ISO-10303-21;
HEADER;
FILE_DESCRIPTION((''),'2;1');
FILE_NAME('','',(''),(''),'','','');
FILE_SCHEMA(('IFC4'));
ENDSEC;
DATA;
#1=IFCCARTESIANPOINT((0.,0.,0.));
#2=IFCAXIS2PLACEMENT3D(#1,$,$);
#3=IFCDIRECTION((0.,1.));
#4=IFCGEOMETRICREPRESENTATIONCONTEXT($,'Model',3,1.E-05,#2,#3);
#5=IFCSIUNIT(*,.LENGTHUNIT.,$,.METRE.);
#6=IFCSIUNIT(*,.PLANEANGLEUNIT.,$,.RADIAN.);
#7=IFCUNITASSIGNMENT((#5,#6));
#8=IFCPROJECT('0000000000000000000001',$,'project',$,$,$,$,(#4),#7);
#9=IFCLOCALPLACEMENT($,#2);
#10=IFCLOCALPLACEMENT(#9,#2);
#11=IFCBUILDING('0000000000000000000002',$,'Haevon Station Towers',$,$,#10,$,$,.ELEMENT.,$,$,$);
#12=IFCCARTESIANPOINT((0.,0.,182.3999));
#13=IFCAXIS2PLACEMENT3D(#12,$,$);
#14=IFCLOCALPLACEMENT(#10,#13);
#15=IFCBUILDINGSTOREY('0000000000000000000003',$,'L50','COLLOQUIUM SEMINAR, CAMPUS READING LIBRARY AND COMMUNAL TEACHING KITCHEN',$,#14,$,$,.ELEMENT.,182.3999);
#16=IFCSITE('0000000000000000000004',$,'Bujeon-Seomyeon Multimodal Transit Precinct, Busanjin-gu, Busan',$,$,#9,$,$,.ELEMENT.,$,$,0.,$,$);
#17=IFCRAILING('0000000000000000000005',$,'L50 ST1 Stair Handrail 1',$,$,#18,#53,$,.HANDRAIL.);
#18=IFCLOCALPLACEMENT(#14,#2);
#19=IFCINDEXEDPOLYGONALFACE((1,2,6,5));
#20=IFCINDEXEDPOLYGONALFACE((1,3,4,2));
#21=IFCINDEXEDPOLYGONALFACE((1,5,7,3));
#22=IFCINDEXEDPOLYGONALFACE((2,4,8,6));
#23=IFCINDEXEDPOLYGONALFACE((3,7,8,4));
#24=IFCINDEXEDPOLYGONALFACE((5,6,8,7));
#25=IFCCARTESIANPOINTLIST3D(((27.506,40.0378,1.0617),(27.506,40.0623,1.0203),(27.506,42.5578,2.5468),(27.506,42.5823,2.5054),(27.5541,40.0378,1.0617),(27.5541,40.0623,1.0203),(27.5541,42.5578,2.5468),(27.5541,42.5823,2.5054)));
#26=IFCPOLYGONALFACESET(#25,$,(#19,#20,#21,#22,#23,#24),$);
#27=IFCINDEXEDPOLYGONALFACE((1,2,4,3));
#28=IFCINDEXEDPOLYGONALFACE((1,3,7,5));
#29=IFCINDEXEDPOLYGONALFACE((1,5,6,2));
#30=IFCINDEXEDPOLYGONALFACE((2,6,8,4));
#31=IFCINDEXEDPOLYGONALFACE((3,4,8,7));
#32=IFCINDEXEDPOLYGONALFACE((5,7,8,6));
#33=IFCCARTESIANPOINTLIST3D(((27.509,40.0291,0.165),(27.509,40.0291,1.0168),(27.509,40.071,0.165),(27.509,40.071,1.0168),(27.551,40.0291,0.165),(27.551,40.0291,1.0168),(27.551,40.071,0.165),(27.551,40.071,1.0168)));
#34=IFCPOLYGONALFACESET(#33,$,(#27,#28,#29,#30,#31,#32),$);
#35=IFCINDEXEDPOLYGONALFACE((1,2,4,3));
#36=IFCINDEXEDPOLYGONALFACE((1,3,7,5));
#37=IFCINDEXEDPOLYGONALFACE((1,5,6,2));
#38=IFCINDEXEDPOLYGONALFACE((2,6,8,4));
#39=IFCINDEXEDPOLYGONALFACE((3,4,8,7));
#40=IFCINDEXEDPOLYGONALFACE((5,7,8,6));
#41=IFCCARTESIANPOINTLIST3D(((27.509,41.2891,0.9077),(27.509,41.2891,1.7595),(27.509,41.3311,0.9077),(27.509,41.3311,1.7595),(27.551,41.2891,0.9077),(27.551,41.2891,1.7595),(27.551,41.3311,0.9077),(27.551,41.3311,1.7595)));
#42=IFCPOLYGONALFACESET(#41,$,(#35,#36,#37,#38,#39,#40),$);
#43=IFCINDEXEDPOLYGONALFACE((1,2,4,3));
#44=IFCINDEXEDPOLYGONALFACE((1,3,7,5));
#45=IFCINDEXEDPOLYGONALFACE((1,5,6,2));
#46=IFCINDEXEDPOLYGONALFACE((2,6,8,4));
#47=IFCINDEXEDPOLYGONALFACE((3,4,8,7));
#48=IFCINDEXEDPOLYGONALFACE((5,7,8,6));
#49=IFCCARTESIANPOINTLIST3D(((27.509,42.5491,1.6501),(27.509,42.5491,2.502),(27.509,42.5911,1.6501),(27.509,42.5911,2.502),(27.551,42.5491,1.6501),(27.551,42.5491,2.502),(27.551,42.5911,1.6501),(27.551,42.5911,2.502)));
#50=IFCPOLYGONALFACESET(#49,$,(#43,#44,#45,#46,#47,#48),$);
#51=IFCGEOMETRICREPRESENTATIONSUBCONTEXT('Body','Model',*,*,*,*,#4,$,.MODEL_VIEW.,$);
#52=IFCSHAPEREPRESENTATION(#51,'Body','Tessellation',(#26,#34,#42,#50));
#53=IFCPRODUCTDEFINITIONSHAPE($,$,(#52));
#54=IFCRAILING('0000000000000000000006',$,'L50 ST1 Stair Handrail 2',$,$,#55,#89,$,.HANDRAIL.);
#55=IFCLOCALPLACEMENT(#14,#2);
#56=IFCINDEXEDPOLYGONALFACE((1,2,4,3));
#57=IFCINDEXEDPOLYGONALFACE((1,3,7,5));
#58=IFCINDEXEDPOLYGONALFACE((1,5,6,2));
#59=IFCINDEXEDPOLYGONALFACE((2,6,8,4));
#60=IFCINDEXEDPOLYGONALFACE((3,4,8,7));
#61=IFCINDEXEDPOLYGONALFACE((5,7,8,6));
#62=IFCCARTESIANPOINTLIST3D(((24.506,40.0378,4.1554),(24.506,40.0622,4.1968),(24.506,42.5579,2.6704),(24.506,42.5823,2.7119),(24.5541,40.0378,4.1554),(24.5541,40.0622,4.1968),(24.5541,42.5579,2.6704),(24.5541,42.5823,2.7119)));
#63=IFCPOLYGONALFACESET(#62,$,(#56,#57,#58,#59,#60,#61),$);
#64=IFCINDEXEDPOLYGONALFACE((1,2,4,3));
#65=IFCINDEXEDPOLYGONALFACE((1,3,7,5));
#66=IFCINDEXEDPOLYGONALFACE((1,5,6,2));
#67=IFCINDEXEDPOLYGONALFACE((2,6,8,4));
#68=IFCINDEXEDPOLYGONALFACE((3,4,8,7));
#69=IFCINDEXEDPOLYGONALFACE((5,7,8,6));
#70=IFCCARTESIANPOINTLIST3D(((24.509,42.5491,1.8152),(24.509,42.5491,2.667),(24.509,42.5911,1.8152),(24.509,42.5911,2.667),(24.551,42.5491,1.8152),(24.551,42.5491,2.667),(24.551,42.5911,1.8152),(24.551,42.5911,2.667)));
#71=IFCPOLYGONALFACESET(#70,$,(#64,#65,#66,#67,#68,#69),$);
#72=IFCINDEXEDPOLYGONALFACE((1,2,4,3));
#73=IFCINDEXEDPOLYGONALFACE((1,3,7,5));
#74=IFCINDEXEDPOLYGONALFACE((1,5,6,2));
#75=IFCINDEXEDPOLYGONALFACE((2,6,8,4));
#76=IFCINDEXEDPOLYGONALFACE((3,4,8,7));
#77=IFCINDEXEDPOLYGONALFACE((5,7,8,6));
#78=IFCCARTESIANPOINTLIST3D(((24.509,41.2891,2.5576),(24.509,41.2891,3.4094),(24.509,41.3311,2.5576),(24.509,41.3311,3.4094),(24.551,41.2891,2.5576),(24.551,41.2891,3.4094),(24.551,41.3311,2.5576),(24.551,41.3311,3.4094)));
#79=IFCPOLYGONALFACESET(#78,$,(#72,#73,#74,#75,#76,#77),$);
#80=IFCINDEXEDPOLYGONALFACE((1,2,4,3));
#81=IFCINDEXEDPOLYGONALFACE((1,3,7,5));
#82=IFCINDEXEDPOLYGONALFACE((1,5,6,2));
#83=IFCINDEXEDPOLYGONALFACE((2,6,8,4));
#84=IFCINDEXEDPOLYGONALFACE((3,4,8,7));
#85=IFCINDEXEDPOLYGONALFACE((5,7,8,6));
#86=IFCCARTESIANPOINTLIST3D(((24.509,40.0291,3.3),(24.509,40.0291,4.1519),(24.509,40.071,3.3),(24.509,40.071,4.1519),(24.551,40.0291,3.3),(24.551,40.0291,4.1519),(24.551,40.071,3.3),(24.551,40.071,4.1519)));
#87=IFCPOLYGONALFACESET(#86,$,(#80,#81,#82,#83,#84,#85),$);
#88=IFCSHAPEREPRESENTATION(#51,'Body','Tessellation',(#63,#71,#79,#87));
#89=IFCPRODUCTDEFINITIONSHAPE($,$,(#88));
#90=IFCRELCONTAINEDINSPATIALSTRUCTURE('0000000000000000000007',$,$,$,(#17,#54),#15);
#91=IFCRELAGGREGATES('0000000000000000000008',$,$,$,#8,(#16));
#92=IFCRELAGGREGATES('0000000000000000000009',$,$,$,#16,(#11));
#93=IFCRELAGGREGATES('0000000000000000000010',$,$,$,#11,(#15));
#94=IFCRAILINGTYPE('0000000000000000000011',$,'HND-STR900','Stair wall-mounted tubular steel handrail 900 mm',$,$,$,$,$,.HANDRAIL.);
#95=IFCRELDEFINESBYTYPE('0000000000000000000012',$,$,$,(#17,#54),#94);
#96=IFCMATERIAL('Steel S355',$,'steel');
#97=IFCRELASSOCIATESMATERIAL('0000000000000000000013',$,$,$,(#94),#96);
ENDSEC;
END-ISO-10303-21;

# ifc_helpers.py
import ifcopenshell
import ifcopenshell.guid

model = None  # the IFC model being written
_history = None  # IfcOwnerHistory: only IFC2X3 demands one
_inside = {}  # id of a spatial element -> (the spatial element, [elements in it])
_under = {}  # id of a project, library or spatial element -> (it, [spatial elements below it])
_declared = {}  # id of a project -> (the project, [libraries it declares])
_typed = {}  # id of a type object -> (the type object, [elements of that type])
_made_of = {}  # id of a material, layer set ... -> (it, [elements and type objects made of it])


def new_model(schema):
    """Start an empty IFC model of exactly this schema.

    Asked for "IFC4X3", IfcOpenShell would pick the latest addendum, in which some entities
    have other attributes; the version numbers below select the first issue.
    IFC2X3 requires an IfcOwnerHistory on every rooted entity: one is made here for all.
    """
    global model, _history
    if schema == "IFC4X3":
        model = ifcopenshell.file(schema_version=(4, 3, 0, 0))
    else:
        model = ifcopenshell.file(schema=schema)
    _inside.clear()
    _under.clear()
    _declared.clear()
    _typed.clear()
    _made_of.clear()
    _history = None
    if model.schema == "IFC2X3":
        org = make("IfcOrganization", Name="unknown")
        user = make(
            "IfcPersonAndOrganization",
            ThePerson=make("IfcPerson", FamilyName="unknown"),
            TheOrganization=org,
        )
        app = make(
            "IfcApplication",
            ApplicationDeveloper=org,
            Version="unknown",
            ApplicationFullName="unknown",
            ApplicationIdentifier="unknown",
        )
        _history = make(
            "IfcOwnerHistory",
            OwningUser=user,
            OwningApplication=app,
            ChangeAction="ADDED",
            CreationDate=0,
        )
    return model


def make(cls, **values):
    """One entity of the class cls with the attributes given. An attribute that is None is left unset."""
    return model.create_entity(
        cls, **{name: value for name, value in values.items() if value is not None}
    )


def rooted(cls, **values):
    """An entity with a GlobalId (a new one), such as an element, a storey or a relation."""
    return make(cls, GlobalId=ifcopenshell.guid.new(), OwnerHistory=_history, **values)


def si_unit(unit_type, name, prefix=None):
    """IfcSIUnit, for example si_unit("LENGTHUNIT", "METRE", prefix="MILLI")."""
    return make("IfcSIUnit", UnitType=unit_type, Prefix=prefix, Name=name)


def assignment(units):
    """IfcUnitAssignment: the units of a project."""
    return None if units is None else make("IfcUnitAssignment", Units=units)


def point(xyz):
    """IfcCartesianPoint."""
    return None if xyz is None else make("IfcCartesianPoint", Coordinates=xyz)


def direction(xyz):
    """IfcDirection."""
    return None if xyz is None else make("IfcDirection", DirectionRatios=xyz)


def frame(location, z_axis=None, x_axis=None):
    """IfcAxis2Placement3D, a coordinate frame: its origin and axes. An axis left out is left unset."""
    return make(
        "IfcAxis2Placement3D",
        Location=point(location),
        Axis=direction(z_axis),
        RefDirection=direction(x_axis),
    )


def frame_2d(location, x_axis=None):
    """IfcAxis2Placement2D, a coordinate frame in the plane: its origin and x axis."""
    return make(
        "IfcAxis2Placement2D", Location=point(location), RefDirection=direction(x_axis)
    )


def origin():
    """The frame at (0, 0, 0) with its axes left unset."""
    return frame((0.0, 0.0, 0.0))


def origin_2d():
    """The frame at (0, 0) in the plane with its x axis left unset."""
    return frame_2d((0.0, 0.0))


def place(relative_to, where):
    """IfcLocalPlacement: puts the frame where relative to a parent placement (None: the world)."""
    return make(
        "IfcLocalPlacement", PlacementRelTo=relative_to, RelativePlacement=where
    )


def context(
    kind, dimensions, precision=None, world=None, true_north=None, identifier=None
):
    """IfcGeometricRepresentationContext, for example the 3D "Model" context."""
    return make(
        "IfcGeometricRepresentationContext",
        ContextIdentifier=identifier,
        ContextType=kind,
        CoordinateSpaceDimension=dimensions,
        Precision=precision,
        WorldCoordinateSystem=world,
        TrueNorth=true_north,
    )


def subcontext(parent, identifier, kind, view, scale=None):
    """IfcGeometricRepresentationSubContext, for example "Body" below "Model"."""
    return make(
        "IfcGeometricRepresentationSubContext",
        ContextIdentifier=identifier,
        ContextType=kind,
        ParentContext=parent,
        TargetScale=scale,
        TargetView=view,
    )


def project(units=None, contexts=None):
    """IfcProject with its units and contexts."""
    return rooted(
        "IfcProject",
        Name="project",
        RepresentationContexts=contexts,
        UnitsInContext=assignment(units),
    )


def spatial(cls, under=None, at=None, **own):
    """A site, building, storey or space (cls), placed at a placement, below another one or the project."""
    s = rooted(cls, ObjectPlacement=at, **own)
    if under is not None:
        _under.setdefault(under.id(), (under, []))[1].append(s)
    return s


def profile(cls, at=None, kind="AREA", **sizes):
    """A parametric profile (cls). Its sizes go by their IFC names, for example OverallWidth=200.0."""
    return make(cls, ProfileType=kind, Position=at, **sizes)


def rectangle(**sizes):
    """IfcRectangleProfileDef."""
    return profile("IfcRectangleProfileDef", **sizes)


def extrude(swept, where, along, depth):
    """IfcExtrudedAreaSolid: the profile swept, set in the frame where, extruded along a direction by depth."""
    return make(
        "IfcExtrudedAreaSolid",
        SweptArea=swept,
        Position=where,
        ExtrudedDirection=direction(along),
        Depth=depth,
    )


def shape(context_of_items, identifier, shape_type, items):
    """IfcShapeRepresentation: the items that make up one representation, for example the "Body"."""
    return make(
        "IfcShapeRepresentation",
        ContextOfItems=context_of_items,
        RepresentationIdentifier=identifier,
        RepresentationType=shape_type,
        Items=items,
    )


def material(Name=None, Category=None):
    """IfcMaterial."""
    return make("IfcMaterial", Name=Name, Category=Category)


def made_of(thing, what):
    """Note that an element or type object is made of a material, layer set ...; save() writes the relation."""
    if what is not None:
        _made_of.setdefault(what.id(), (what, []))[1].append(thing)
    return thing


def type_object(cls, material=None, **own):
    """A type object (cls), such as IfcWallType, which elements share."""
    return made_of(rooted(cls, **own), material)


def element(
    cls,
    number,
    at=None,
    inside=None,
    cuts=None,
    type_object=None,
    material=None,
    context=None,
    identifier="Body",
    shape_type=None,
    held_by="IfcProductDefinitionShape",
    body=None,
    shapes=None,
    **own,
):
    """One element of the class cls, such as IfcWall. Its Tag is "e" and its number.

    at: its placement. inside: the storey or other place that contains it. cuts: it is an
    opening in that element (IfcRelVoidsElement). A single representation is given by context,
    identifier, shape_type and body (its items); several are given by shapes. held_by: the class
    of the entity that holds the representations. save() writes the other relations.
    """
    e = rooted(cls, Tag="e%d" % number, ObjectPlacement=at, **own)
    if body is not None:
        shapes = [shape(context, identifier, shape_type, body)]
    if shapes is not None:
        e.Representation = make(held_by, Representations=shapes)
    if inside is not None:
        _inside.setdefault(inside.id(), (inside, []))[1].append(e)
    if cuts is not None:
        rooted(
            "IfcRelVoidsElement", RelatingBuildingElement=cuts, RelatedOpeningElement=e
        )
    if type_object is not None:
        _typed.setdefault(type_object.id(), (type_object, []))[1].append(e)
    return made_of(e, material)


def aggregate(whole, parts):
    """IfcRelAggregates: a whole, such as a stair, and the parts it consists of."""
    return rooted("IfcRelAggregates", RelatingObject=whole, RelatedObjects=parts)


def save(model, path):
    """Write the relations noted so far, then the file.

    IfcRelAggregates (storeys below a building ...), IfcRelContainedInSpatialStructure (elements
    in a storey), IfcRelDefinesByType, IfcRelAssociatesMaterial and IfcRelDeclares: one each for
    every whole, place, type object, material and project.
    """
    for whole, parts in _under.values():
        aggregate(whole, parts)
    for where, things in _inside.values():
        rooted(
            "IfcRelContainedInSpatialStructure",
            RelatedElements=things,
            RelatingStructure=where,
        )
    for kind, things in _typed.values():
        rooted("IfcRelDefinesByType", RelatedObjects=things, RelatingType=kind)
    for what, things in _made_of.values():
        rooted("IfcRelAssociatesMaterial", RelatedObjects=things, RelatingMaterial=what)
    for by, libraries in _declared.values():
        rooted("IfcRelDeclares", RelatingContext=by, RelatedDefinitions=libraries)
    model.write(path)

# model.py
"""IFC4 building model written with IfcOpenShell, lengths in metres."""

from ifc_helpers import new_model, si_unit, direction, frame, origin, origin_2d, place, context, subcontext, project, spatial, rectangle, extrude, material, type_object, element, save


model = new_model("IFC4")

# Units and contexts
model_context = context("Model", 3, precision=1e-05, world=origin(), true_north=direction((0.0, 1.0)))
body_context = subcontext(model_context, "Body", "Model", "MODEL_VIEW")
ifc_project = project(units=[si_unit("LENGTHUNIT", "METRE"), si_unit("PLANEANGLEUNIT", "RADIAN")], contexts=[model_context])

# Site, building, storey
site_placement = place(None, origin())
site = spatial("IfcSite", under=ifc_project, at=site_placement, Name="Bujeon-Seomyeon Multimodal Transit Precinct, Busanjin-gu, Busan", CompositionType="ELEMENT", RefElevation=0.0)
building_placement = place(site_placement, origin())
building = spatial("IfcBuilding", under=site, at=building_placement, Name="Haevon Station Towers", CompositionType="ELEMENT")
storey_placement = place(building_placement, frame((0.0, 0.0, 182.3999)))
storey = spatial("IfcBuildingStorey", under=building, at=storey_placement, Name="L50", Description="COLLOQUIUM SEMINAR, CAMPUS READING LIBRARY AND COMMUNAL TEACHING KITCHEN", CompositionType="ELEMENT", Elevation=182.3999)

# Shared definitions
ifc_material_1 = material(Name="Steel S355", Category="steel")

# Railings
railing_type_1 = type_object("IfcRailingType", Name="HND-STR900", Description="Stair wall-mounted tubular steel handrail 900 mm", PredefinedType="HANDRAIL", material=ifc_material_1)
railing_1_placement = place(storey_placement, frame((27.53, 40.05, 0.165)))
element("IfcRailing", 1, at=railing_1_placement, inside=storey, type_object=railing_type_1, Name="L50 ST1 Stair Handrail 1", PredefinedType="HANDRAIL", context=body_context, shape_type="SweptSolid", body=[
    extrude(rectangle(XDim=0.0481, YDim=0.0481, at=origin_2d()), frame((0.0, 0.0, 0.876), z_axis=(0.0, 0.861524, 0.507717), x_axis=(-1.0, 0.0, 0.0)), (0.0, 0.0, 1.0), 2.925),
    extrude(rectangle(XDim=0.042, YDim=0.042, at=origin_2d()), origin(), (0.0, 0.0, 1.0), 0.8518),
    extrude(rectangle(XDim=0.042, YDim=0.042, at=origin_2d()), frame((0.0, 1.26, 0.7427)), (0.0, 0.0, 1.0), 0.8518),
    extrude(rectangle(XDim=0.042, YDim=0.042, at=origin_2d()), frame((0.0, 2.52, 1.4851)), (0.0, 0.0, 1.0), 0.8518),
])
railing_2_placement = place(storey_placement, frame((24.53, 42.5701, 1.8152)))
element("IfcRailing", 2, at=railing_2_placement, inside=storey, type_object=railing_type_1, Name="L50 ST1 Stair Handrail 2", PredefinedType="HANDRAIL", context=body_context, shape_type="SweptSolid", body=[
    extrude(rectangle(XDim=0.0481, YDim=0.0481, at=origin_2d()), frame((0.0, 0.0, 0.876), z_axis=(0.0, -0.861561, 0.507655), x_axis=(1.0, 0.0, 0.0)), (0.0, 0.0, 1.0), 2.925),
    extrude(rectangle(XDim=0.042, YDim=0.042, at=origin_2d()), origin(), (0.0, 0.0, 1.0), 0.8518),
    extrude(rectangle(XDim=0.042, YDim=0.042, at=origin_2d()), frame((0.0, -1.26, 0.7424)), (0.0, 0.0, 1.0), 0.8518),
    extrude(rectangle(XDim=0.042, YDim=0.042, at=origin_2d()), frame((0.0, -2.52, 1.4849)), (0.0, 0.0, 1.0), 0.8518),
])

save(model, "model.ifc")
